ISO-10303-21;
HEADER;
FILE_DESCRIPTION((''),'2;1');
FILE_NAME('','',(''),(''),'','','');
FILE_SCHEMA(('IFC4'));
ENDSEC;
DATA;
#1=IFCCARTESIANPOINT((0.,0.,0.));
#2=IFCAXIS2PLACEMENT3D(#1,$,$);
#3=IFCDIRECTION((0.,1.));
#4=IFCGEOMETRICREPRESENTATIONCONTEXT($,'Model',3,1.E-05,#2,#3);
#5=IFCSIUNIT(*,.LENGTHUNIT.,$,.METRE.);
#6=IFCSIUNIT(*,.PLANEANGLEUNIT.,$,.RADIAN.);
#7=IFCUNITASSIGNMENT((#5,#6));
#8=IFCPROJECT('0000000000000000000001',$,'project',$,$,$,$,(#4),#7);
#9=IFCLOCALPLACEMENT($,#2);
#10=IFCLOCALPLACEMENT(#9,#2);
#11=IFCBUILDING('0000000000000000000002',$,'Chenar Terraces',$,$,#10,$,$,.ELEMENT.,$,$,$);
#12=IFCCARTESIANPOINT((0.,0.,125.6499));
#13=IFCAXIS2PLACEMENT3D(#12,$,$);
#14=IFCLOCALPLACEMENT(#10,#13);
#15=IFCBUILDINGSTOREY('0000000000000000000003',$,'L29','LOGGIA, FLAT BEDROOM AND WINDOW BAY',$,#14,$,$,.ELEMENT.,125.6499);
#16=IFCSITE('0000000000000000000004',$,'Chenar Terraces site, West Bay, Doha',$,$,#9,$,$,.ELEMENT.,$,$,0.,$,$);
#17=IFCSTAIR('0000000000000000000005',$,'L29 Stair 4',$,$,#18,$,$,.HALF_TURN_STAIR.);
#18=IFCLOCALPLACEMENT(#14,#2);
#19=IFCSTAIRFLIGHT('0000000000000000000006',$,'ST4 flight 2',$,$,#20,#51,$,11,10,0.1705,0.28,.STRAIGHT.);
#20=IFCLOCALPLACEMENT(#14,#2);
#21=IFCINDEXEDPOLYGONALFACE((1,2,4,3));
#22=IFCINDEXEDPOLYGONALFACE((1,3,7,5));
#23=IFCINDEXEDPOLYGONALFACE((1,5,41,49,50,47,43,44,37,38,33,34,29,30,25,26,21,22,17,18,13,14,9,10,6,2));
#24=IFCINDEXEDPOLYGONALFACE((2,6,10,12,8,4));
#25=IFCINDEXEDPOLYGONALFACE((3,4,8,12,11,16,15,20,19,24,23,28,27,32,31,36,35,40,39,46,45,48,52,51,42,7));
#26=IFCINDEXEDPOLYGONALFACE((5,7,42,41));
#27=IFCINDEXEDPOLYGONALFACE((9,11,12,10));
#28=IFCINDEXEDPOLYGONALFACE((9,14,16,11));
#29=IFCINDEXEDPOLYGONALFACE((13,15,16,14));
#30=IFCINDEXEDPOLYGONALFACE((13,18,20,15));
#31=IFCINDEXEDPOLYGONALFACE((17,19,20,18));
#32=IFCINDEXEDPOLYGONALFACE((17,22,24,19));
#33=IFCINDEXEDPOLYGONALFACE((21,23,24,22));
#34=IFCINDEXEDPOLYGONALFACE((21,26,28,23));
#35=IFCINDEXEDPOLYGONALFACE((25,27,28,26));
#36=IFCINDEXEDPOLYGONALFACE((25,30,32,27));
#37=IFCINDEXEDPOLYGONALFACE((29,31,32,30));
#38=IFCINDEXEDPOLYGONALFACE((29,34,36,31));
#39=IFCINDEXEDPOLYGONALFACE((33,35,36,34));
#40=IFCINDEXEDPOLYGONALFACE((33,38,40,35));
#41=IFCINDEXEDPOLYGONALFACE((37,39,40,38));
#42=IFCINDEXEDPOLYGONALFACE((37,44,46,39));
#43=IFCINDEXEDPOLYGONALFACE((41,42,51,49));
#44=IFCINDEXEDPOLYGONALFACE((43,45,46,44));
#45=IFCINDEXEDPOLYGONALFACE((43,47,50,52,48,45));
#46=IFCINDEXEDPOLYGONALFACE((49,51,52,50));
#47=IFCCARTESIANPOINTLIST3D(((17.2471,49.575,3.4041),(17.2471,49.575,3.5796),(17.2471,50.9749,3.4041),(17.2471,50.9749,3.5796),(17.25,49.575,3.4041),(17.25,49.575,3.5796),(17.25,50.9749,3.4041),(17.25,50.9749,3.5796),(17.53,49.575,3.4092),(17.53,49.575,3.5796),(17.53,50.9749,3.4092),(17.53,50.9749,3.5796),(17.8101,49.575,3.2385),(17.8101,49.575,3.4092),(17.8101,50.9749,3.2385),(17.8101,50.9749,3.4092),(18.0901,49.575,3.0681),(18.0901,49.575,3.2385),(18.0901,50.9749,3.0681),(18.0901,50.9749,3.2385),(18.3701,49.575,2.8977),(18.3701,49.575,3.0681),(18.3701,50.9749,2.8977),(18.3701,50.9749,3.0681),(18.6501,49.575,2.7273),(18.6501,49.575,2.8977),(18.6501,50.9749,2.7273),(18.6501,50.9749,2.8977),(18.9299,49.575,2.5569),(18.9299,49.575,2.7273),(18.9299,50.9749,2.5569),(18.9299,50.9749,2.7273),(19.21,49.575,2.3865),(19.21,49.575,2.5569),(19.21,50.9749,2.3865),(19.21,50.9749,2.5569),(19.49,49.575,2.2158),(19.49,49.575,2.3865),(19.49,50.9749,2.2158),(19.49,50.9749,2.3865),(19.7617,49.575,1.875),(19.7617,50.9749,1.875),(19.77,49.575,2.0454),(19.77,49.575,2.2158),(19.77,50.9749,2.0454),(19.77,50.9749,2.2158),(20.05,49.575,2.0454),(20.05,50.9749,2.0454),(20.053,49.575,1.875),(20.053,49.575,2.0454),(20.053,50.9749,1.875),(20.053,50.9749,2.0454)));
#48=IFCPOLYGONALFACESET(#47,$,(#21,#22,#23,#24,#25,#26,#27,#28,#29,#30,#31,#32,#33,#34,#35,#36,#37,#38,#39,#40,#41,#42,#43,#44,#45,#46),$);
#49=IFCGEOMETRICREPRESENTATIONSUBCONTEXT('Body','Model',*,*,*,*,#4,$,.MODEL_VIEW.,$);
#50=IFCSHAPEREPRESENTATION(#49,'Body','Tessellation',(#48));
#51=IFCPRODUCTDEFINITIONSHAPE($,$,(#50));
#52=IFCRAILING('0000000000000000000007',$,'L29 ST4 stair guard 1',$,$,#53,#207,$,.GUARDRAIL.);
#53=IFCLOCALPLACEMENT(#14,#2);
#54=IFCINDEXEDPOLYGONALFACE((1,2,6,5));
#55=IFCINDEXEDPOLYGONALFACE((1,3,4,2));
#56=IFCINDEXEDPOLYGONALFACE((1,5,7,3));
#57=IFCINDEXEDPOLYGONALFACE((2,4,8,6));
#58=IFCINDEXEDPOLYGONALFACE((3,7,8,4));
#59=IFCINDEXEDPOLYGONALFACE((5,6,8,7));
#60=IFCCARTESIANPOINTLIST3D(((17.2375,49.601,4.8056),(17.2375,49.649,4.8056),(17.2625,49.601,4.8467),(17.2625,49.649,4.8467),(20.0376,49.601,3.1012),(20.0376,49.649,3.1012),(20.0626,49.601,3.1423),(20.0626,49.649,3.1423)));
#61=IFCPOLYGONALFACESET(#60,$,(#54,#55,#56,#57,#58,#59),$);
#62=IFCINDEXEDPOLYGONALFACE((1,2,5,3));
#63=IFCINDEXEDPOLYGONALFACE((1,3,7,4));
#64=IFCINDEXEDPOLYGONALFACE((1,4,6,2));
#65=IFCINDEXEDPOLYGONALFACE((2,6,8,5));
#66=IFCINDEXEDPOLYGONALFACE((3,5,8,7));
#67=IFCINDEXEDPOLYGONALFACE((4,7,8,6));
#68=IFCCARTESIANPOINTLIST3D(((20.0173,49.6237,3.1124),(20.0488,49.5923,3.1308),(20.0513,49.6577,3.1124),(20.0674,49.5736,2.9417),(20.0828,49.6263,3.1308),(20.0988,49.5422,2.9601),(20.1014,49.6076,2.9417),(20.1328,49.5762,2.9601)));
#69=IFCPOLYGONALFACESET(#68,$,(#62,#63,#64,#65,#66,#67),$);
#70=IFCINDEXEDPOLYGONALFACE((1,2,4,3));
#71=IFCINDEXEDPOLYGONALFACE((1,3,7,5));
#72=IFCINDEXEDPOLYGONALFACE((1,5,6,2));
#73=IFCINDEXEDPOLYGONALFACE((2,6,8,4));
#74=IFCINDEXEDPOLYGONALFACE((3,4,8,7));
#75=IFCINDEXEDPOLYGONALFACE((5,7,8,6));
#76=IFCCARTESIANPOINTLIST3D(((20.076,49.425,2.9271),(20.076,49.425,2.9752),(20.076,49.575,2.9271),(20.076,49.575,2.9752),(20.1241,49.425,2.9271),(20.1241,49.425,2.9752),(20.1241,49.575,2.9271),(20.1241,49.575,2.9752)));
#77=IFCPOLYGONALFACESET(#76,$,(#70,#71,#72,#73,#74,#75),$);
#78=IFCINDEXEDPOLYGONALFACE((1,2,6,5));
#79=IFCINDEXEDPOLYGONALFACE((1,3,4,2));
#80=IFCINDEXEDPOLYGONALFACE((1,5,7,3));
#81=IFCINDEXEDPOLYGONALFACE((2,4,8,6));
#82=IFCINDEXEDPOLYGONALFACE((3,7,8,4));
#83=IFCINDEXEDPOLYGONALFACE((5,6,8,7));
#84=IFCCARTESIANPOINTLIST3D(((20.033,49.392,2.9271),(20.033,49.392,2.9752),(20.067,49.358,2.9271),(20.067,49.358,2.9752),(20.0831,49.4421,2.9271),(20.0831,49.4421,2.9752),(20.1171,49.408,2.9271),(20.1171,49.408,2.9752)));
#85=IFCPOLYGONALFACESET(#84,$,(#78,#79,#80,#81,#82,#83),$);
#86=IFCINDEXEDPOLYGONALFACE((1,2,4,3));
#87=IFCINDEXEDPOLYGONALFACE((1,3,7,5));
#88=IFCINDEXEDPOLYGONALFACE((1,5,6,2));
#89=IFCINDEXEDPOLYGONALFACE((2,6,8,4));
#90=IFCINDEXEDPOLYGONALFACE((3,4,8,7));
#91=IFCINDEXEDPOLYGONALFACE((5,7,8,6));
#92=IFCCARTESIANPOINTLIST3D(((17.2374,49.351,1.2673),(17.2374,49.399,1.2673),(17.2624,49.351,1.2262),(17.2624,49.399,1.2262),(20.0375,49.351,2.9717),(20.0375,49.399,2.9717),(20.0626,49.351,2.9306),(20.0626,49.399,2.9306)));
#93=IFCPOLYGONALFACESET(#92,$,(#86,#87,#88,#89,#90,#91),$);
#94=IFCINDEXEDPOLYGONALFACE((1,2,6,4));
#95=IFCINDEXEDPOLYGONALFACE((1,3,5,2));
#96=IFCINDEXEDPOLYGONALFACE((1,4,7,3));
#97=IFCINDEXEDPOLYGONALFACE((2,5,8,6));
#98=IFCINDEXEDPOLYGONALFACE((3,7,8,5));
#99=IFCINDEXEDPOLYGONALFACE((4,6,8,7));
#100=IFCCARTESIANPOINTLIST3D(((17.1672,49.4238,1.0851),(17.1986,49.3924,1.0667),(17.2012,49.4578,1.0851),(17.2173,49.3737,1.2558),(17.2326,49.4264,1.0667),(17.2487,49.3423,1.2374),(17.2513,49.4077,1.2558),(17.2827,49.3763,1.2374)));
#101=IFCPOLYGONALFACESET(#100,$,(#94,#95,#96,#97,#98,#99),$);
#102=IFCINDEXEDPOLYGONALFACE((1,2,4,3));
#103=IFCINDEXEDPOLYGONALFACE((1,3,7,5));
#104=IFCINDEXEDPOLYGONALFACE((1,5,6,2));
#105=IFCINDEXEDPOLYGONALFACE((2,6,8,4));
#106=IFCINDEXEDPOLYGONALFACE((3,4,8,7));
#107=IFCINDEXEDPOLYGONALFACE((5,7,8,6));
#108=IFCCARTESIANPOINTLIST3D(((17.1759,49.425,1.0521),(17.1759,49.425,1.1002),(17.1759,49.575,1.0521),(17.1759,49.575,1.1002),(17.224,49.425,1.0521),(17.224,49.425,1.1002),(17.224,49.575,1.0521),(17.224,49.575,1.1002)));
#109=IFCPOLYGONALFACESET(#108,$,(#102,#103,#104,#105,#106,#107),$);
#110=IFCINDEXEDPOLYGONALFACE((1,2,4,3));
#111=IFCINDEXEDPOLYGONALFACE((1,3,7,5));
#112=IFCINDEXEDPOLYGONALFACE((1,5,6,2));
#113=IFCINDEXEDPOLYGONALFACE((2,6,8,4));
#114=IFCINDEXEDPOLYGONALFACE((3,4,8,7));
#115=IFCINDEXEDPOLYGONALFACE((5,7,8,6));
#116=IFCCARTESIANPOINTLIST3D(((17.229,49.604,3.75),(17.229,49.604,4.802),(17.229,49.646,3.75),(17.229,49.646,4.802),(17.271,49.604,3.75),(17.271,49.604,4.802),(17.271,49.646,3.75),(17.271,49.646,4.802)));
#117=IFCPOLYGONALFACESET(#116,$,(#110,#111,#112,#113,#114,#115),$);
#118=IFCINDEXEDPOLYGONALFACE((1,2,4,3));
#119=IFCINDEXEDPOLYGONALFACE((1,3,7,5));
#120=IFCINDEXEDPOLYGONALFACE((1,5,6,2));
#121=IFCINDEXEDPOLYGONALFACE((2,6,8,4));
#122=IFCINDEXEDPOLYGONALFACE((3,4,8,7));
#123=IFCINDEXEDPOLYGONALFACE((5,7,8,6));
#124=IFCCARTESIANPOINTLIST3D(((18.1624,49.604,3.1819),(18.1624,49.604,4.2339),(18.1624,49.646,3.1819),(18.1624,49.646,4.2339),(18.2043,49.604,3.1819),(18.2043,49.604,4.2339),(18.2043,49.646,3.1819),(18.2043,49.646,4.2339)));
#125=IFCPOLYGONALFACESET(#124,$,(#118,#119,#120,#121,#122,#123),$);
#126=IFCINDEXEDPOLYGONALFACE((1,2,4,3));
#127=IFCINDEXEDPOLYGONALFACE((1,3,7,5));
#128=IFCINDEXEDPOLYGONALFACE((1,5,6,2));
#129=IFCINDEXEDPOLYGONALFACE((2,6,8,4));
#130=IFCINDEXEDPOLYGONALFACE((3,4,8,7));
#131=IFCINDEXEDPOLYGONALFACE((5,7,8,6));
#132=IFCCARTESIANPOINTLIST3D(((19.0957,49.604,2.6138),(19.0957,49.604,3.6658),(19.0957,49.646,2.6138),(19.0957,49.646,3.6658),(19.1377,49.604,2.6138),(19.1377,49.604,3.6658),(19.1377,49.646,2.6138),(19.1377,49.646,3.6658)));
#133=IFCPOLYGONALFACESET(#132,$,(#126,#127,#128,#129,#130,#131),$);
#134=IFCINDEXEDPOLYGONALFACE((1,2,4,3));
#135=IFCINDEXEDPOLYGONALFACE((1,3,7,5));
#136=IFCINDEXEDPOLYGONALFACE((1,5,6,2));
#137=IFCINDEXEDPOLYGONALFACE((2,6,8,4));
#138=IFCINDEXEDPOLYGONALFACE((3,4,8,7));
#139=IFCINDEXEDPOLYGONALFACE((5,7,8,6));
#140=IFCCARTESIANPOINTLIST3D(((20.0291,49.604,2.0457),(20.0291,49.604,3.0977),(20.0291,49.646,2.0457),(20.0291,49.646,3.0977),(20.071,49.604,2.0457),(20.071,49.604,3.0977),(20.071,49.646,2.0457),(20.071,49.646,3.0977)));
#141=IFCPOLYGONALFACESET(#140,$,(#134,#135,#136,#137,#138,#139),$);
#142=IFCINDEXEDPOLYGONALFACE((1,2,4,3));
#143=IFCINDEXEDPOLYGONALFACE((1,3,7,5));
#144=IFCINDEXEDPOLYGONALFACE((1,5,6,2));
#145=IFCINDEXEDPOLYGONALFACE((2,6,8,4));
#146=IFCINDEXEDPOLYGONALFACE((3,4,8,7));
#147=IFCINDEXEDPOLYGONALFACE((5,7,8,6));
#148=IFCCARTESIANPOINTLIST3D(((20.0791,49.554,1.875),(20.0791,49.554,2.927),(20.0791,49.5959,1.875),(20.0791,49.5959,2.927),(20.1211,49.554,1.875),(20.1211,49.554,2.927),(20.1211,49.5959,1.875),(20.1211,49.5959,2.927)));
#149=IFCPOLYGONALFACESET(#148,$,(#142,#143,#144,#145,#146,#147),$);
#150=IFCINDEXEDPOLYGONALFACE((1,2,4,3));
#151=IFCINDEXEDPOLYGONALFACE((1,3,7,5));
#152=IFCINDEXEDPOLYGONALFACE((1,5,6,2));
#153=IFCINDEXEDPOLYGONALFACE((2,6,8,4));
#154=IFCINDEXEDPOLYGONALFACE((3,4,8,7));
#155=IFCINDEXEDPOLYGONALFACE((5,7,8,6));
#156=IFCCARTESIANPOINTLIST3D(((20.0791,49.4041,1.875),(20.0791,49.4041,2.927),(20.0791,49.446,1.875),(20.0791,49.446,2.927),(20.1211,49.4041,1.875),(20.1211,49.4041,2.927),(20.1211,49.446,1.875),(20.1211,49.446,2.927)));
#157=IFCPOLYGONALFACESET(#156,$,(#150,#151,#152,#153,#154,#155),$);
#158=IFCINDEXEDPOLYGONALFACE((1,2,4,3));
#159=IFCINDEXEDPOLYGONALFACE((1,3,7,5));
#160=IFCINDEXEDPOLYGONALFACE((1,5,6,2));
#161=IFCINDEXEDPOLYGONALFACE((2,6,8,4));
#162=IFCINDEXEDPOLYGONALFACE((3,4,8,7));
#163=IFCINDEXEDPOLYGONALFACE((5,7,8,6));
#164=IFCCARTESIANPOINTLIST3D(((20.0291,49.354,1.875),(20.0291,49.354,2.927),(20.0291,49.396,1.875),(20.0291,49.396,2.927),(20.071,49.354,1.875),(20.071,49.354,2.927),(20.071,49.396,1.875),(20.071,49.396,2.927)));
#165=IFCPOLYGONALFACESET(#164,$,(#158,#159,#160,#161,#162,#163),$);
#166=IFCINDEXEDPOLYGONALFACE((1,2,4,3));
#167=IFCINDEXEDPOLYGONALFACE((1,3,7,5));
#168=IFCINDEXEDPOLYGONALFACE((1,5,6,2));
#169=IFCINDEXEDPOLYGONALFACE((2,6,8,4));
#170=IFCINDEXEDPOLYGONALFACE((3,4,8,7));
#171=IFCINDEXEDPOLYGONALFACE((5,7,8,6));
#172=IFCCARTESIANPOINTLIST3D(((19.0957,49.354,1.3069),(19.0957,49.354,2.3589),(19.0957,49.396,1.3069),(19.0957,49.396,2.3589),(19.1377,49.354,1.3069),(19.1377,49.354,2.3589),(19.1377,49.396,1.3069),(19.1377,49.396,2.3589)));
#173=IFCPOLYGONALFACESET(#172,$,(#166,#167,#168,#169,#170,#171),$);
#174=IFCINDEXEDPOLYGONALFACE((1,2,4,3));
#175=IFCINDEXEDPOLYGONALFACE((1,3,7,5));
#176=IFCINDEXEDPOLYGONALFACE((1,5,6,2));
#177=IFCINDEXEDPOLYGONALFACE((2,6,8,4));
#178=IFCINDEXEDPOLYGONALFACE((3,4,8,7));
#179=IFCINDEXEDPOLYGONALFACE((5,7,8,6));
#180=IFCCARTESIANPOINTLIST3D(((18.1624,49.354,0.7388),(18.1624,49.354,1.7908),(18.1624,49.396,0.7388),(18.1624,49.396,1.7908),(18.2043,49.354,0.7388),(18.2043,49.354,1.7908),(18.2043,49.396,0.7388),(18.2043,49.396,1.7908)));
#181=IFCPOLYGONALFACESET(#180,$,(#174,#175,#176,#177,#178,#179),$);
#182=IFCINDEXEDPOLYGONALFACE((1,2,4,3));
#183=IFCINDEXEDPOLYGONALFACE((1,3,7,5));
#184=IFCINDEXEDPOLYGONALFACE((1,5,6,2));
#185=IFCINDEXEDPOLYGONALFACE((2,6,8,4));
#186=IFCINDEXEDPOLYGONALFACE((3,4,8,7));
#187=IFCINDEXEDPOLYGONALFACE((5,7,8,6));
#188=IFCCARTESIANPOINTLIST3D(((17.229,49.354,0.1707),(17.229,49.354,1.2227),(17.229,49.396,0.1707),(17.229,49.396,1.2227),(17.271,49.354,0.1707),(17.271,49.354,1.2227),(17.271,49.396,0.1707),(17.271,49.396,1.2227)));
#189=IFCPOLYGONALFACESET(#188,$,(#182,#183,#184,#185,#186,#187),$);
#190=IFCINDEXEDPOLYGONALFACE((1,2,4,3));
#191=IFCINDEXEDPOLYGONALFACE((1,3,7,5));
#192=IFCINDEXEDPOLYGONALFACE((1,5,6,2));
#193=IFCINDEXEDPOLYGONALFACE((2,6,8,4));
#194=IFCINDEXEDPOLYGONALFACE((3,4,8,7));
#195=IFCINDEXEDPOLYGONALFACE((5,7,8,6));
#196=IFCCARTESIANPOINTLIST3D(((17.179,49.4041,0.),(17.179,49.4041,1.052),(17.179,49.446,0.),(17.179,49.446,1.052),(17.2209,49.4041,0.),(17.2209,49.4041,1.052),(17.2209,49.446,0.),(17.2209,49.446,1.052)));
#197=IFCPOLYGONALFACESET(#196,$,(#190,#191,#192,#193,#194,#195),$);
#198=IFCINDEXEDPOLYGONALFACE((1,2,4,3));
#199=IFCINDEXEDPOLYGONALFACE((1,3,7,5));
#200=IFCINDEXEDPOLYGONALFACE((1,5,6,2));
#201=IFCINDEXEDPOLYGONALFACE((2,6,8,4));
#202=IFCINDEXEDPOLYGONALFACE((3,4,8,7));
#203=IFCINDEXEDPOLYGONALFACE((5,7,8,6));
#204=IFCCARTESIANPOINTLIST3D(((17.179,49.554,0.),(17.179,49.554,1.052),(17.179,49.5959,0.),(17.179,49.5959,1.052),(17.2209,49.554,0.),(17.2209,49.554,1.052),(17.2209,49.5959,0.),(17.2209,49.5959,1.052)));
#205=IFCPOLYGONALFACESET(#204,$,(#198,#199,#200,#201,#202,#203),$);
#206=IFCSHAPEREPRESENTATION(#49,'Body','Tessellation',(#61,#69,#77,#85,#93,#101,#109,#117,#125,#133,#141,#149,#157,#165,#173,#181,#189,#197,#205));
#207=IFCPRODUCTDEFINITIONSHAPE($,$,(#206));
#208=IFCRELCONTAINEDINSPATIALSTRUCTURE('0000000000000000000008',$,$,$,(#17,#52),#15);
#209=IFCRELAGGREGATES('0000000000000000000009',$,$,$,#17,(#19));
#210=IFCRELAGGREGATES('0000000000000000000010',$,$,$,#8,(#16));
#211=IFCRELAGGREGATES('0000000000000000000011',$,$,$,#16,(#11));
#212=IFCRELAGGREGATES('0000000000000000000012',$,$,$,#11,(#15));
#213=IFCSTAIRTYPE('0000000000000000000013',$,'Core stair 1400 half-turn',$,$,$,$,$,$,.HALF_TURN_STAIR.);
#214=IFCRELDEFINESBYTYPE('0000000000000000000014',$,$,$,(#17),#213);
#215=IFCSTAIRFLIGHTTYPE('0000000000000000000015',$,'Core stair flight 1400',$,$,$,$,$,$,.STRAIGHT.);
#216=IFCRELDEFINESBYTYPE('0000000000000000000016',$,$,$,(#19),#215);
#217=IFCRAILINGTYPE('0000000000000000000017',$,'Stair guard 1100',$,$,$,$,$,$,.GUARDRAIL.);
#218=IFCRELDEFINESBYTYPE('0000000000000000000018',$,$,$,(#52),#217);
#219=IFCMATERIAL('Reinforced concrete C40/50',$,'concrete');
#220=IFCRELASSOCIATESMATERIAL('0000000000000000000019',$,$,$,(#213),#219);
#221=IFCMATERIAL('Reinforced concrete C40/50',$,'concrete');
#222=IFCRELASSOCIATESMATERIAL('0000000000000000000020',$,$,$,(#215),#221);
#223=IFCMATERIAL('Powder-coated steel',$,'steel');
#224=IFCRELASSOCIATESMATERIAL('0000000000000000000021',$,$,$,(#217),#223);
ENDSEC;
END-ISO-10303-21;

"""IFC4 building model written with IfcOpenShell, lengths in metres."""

from ifc_helpers import new_model, si_unit, direction, frame, origin, origin_2d, place, context, subcontext, project, spatial, polyline, rectangle, outline, extrude, material, type_object, element, aggregate, save


model = new_model("IFC4")

# Units and contexts
model_context = context("Model", 3, precision=1e-05, world=origin(), true_north=direction((0.0, 1.0)))
body_context = subcontext(model_context, "Body", "Model", "MODEL_VIEW")
ifc_project = project(units=[si_unit("LENGTHUNIT", "METRE"), si_unit("PLANEANGLEUNIT", "RADIAN")], contexts=[model_context])

# Site, building, storey
site_placement = place(None, origin())
site = spatial("IfcSite", under=ifc_project, at=site_placement, Name="Chenar Terraces site, West Bay, Doha", CompositionType="ELEMENT", RefElevation=0.0)
building_placement = place(site_placement, origin())
building = spatial("IfcBuilding", under=site, at=building_placement, Name="Chenar Terraces", CompositionType="ELEMENT")
storey_placement = place(building_placement, frame((0.0, 0.0, 125.6499)))
storey = spatial("IfcBuildingStorey", under=building, at=storey_placement, Name="L29", Description="LOGGIA, FLAT BEDROOM AND WINDOW BAY", CompositionType="ELEMENT", Elevation=125.6499)

# Stair, stair flight
ifc_material_1 = material(Name="Reinforced concrete C40/50", Category="concrete")
stair_type = type_object("IfcStairType", Name="Core stair 1400 half-turn", PredefinedType="HALF_TURN_STAIR", material=ifc_material_1)
stair_placement = place(storey_placement, origin())
stair = element("IfcStair", 1, at=stair_placement, inside=storey, type_object=stair_type, Name="L29 Stair 4", PredefinedType="HALF_TURN_STAIR")
ifc_material_2 = material(Name="Reinforced concrete C40/50", Category="concrete")
stair_flight_type = type_object("IfcStairFlightType", Name="Core stair flight 1400", PredefinedType="STRAIGHT", material=ifc_material_2)
stair_flight_1_placement = place(storey_placement, frame((20.05, 50.2749, 1.875), z_axis=(0.0, 0.0, 1.0), x_axis=(-1.0, 0.0, 0.0)))
stair_flight_1 = element("IfcStairFlight", 2, at=stair_flight_1_placement, type_object=stair_flight_type, Name="ST4 flight 2", NumberOfRisers=11, NumberOfTreads=10, PredefinedType="STRAIGHT", RiserHeight=0.1705, TreadLength=0.28, context=body_context, shape_type="SweptSolid", body=[
    extrude(outline(polyline([(-0.0029, 0.0), (-0.0029, 0.1704), (0.0, 0.1704), (0.28, 0.1704), (0.28, 0.3408), (0.5601, 0.3408), (0.5601, 0.5115), (0.8401, 0.5115), (0.8401, 0.6819), (1.1201, 0.6819), (1.1201, 0.8523), (1.3999, 0.8523), (1.3999, 1.0227), (1.6799, 1.0227), (1.6799, 1.1931), (1.96, 1.1931), (1.96, 1.3635), (2.24, 1.3635), (2.24, 1.5342), (2.52, 1.5342), (2.52, 1.7046), (2.8, 1.7046), (2.803, 1.7046), (2.803, 1.5291), (2.8, 1.5291), (0.2883, 0.0), (-0.0029, 0.0)])), frame((0.0, 0.7, 0.0), z_axis=(0.0, -1.0, 0.0), x_axis=(1.0, 0.0, 0.0)), (0.0, 0.0, 1.0), 1.3999),
])
aggregate(stair, [stair_flight_1])

# Railing
ifc_material_3 = material(Name="Powder-coated steel", Category="steel")
railing_type_1 = type_object("IfcRailingType", Name="Stair guard 1100", PredefinedType="GUARDRAIL", material=ifc_material_3)
railing_1_placement = place(storey_placement, frame((17.25, 49.625, 3.75)))
element("IfcRailing", 3, at=railing_1_placement, inside=storey, type_object=railing_type_1, Name="L29 ST4 stair guard 1", PredefinedType="GUARDRAIL", context=body_context, shape_type="SweptSolid", body=[
    extrude(rectangle(XDim=0.0481, YDim=0.0481, at=origin_2d()), frame((0.0, 0.0, 1.0762), z_axis=(0.854203, 0.0, -0.51994), x_axis=(0.0, 1.0, 0.0)), (0.0, 0.0, 1.0), 3.2781),
    extrude(rectangle(XDim=0.0481, YDim=0.0481, at=origin_2d()), frame((2.8, 0.0, -0.6284), z_axis=(0.2709, -0.2709, -0.923703), x_axis=(0.707107, 0.707107, 0.0)), (0.0, 0.0, 1.0), 0.1848),
    extrude(rectangle(XDim=0.0481, YDim=0.0481, at=origin_2d()), frame((2.8501, -0.05, -0.7988), z_axis=(0.0, -1.0, 0.0), x_axis=(1.0, 0.0, 0.0)), (0.0, 0.0, 1.0), 0.1499),
    extrude(rectangle(XDim=0.0481, YDim=0.0481, at=origin_2d()), frame((2.8501, -0.2, -0.7988), z_axis=(-0.707107, -0.707107, 0.0), x_axis=(0.707107, -0.707107, 0.0)), (0.0, 0.0, 1.0), 0.0708),
    extrude(rectangle(XDim=0.0481, YDim=0.0481, at=origin_2d()), frame((2.8, -0.25, -0.7988), z_axis=(-0.854203, 0.0, -0.51994), x_axis=(0.0, -1.0, 0.0)), (0.0, 0.0, 1.0), 3.2781),
    extrude(rectangle(XDim=0.0481, YDim=0.0481, at=origin_2d()), frame((0.0, -0.25, -2.5034), z_axis=(-0.2709, 0.2709, -0.923703), x_axis=(-0.707107, -0.707107, 0.0)), (0.0, 0.0, 1.0), 0.1848),
    extrude(rectangle(XDim=0.0481, YDim=0.0481, at=origin_2d()), frame((-0.05, -0.2, -2.6738), z_axis=(0.0, 1.0, 0.0), x_axis=(-1.0, 0.0, 0.0)), (0.0, 0.0, 1.0), 0.1499),
    extrude(rectangle(XDim=0.042, YDim=0.042, at=origin_2d()), origin(), (0.0, 0.0, 1.0), 1.052),
    extrude(rectangle(XDim=0.042, YDim=0.042, at=origin_2d()), frame((0.9333, 0.0, -0.5681)), (0.0, 0.0, 1.0), 1.052),
    extrude(rectangle(XDim=0.042, YDim=0.042, at=origin_2d()), frame((1.8667, 0.0, -1.1362)), (0.0, 0.0, 1.0), 1.052),
    extrude(rectangle(XDim=0.042, YDim=0.042, at=origin_2d()), frame((2.8, 0.0, -1.7043)), (0.0, 0.0, 1.0), 1.052),
    extrude(rectangle(XDim=0.042, YDim=0.042, at=origin_2d()), frame((2.8501, -0.05, -1.875)), (0.0, 0.0, 1.0), 1.052),
    extrude(rectangle(XDim=0.042, YDim=0.042, at=origin_2d()), frame((2.8501, -0.2, -1.875)), (0.0, 0.0, 1.0), 1.052),
    extrude(rectangle(XDim=0.042, YDim=0.042, at=origin_2d()), frame((2.8, -0.25, -1.875)), (0.0, 0.0, 1.0), 1.052),
    extrude(rectangle(XDim=0.042, YDim=0.042, at=origin_2d()), frame((1.8667, -0.25, -2.4431)), (0.0, 0.0, 1.0), 1.052),
    extrude(rectangle(XDim=0.042, YDim=0.042, at=origin_2d()), frame((0.9333, -0.25, -3.0112)), (0.0, 0.0, 1.0), 1.052),
    extrude(rectangle(XDim=0.042, YDim=0.042, at=origin_2d()), frame((0.0, -0.25, -3.5793)), (0.0, 0.0, 1.0), 1.052),
    extrude(rectangle(XDim=0.042, YDim=0.042, at=origin_2d()), frame((-0.05, -0.2, -3.75)), (0.0, 0.0, 1.0), 1.052),
    extrude(rectangle(XDim=0.042, YDim=0.042, at=origin_2d()), frame((-0.05, -0.05, -3.75)), (0.0, 0.0, 1.0), 1.052),
])

save(model, "model.ifc")
